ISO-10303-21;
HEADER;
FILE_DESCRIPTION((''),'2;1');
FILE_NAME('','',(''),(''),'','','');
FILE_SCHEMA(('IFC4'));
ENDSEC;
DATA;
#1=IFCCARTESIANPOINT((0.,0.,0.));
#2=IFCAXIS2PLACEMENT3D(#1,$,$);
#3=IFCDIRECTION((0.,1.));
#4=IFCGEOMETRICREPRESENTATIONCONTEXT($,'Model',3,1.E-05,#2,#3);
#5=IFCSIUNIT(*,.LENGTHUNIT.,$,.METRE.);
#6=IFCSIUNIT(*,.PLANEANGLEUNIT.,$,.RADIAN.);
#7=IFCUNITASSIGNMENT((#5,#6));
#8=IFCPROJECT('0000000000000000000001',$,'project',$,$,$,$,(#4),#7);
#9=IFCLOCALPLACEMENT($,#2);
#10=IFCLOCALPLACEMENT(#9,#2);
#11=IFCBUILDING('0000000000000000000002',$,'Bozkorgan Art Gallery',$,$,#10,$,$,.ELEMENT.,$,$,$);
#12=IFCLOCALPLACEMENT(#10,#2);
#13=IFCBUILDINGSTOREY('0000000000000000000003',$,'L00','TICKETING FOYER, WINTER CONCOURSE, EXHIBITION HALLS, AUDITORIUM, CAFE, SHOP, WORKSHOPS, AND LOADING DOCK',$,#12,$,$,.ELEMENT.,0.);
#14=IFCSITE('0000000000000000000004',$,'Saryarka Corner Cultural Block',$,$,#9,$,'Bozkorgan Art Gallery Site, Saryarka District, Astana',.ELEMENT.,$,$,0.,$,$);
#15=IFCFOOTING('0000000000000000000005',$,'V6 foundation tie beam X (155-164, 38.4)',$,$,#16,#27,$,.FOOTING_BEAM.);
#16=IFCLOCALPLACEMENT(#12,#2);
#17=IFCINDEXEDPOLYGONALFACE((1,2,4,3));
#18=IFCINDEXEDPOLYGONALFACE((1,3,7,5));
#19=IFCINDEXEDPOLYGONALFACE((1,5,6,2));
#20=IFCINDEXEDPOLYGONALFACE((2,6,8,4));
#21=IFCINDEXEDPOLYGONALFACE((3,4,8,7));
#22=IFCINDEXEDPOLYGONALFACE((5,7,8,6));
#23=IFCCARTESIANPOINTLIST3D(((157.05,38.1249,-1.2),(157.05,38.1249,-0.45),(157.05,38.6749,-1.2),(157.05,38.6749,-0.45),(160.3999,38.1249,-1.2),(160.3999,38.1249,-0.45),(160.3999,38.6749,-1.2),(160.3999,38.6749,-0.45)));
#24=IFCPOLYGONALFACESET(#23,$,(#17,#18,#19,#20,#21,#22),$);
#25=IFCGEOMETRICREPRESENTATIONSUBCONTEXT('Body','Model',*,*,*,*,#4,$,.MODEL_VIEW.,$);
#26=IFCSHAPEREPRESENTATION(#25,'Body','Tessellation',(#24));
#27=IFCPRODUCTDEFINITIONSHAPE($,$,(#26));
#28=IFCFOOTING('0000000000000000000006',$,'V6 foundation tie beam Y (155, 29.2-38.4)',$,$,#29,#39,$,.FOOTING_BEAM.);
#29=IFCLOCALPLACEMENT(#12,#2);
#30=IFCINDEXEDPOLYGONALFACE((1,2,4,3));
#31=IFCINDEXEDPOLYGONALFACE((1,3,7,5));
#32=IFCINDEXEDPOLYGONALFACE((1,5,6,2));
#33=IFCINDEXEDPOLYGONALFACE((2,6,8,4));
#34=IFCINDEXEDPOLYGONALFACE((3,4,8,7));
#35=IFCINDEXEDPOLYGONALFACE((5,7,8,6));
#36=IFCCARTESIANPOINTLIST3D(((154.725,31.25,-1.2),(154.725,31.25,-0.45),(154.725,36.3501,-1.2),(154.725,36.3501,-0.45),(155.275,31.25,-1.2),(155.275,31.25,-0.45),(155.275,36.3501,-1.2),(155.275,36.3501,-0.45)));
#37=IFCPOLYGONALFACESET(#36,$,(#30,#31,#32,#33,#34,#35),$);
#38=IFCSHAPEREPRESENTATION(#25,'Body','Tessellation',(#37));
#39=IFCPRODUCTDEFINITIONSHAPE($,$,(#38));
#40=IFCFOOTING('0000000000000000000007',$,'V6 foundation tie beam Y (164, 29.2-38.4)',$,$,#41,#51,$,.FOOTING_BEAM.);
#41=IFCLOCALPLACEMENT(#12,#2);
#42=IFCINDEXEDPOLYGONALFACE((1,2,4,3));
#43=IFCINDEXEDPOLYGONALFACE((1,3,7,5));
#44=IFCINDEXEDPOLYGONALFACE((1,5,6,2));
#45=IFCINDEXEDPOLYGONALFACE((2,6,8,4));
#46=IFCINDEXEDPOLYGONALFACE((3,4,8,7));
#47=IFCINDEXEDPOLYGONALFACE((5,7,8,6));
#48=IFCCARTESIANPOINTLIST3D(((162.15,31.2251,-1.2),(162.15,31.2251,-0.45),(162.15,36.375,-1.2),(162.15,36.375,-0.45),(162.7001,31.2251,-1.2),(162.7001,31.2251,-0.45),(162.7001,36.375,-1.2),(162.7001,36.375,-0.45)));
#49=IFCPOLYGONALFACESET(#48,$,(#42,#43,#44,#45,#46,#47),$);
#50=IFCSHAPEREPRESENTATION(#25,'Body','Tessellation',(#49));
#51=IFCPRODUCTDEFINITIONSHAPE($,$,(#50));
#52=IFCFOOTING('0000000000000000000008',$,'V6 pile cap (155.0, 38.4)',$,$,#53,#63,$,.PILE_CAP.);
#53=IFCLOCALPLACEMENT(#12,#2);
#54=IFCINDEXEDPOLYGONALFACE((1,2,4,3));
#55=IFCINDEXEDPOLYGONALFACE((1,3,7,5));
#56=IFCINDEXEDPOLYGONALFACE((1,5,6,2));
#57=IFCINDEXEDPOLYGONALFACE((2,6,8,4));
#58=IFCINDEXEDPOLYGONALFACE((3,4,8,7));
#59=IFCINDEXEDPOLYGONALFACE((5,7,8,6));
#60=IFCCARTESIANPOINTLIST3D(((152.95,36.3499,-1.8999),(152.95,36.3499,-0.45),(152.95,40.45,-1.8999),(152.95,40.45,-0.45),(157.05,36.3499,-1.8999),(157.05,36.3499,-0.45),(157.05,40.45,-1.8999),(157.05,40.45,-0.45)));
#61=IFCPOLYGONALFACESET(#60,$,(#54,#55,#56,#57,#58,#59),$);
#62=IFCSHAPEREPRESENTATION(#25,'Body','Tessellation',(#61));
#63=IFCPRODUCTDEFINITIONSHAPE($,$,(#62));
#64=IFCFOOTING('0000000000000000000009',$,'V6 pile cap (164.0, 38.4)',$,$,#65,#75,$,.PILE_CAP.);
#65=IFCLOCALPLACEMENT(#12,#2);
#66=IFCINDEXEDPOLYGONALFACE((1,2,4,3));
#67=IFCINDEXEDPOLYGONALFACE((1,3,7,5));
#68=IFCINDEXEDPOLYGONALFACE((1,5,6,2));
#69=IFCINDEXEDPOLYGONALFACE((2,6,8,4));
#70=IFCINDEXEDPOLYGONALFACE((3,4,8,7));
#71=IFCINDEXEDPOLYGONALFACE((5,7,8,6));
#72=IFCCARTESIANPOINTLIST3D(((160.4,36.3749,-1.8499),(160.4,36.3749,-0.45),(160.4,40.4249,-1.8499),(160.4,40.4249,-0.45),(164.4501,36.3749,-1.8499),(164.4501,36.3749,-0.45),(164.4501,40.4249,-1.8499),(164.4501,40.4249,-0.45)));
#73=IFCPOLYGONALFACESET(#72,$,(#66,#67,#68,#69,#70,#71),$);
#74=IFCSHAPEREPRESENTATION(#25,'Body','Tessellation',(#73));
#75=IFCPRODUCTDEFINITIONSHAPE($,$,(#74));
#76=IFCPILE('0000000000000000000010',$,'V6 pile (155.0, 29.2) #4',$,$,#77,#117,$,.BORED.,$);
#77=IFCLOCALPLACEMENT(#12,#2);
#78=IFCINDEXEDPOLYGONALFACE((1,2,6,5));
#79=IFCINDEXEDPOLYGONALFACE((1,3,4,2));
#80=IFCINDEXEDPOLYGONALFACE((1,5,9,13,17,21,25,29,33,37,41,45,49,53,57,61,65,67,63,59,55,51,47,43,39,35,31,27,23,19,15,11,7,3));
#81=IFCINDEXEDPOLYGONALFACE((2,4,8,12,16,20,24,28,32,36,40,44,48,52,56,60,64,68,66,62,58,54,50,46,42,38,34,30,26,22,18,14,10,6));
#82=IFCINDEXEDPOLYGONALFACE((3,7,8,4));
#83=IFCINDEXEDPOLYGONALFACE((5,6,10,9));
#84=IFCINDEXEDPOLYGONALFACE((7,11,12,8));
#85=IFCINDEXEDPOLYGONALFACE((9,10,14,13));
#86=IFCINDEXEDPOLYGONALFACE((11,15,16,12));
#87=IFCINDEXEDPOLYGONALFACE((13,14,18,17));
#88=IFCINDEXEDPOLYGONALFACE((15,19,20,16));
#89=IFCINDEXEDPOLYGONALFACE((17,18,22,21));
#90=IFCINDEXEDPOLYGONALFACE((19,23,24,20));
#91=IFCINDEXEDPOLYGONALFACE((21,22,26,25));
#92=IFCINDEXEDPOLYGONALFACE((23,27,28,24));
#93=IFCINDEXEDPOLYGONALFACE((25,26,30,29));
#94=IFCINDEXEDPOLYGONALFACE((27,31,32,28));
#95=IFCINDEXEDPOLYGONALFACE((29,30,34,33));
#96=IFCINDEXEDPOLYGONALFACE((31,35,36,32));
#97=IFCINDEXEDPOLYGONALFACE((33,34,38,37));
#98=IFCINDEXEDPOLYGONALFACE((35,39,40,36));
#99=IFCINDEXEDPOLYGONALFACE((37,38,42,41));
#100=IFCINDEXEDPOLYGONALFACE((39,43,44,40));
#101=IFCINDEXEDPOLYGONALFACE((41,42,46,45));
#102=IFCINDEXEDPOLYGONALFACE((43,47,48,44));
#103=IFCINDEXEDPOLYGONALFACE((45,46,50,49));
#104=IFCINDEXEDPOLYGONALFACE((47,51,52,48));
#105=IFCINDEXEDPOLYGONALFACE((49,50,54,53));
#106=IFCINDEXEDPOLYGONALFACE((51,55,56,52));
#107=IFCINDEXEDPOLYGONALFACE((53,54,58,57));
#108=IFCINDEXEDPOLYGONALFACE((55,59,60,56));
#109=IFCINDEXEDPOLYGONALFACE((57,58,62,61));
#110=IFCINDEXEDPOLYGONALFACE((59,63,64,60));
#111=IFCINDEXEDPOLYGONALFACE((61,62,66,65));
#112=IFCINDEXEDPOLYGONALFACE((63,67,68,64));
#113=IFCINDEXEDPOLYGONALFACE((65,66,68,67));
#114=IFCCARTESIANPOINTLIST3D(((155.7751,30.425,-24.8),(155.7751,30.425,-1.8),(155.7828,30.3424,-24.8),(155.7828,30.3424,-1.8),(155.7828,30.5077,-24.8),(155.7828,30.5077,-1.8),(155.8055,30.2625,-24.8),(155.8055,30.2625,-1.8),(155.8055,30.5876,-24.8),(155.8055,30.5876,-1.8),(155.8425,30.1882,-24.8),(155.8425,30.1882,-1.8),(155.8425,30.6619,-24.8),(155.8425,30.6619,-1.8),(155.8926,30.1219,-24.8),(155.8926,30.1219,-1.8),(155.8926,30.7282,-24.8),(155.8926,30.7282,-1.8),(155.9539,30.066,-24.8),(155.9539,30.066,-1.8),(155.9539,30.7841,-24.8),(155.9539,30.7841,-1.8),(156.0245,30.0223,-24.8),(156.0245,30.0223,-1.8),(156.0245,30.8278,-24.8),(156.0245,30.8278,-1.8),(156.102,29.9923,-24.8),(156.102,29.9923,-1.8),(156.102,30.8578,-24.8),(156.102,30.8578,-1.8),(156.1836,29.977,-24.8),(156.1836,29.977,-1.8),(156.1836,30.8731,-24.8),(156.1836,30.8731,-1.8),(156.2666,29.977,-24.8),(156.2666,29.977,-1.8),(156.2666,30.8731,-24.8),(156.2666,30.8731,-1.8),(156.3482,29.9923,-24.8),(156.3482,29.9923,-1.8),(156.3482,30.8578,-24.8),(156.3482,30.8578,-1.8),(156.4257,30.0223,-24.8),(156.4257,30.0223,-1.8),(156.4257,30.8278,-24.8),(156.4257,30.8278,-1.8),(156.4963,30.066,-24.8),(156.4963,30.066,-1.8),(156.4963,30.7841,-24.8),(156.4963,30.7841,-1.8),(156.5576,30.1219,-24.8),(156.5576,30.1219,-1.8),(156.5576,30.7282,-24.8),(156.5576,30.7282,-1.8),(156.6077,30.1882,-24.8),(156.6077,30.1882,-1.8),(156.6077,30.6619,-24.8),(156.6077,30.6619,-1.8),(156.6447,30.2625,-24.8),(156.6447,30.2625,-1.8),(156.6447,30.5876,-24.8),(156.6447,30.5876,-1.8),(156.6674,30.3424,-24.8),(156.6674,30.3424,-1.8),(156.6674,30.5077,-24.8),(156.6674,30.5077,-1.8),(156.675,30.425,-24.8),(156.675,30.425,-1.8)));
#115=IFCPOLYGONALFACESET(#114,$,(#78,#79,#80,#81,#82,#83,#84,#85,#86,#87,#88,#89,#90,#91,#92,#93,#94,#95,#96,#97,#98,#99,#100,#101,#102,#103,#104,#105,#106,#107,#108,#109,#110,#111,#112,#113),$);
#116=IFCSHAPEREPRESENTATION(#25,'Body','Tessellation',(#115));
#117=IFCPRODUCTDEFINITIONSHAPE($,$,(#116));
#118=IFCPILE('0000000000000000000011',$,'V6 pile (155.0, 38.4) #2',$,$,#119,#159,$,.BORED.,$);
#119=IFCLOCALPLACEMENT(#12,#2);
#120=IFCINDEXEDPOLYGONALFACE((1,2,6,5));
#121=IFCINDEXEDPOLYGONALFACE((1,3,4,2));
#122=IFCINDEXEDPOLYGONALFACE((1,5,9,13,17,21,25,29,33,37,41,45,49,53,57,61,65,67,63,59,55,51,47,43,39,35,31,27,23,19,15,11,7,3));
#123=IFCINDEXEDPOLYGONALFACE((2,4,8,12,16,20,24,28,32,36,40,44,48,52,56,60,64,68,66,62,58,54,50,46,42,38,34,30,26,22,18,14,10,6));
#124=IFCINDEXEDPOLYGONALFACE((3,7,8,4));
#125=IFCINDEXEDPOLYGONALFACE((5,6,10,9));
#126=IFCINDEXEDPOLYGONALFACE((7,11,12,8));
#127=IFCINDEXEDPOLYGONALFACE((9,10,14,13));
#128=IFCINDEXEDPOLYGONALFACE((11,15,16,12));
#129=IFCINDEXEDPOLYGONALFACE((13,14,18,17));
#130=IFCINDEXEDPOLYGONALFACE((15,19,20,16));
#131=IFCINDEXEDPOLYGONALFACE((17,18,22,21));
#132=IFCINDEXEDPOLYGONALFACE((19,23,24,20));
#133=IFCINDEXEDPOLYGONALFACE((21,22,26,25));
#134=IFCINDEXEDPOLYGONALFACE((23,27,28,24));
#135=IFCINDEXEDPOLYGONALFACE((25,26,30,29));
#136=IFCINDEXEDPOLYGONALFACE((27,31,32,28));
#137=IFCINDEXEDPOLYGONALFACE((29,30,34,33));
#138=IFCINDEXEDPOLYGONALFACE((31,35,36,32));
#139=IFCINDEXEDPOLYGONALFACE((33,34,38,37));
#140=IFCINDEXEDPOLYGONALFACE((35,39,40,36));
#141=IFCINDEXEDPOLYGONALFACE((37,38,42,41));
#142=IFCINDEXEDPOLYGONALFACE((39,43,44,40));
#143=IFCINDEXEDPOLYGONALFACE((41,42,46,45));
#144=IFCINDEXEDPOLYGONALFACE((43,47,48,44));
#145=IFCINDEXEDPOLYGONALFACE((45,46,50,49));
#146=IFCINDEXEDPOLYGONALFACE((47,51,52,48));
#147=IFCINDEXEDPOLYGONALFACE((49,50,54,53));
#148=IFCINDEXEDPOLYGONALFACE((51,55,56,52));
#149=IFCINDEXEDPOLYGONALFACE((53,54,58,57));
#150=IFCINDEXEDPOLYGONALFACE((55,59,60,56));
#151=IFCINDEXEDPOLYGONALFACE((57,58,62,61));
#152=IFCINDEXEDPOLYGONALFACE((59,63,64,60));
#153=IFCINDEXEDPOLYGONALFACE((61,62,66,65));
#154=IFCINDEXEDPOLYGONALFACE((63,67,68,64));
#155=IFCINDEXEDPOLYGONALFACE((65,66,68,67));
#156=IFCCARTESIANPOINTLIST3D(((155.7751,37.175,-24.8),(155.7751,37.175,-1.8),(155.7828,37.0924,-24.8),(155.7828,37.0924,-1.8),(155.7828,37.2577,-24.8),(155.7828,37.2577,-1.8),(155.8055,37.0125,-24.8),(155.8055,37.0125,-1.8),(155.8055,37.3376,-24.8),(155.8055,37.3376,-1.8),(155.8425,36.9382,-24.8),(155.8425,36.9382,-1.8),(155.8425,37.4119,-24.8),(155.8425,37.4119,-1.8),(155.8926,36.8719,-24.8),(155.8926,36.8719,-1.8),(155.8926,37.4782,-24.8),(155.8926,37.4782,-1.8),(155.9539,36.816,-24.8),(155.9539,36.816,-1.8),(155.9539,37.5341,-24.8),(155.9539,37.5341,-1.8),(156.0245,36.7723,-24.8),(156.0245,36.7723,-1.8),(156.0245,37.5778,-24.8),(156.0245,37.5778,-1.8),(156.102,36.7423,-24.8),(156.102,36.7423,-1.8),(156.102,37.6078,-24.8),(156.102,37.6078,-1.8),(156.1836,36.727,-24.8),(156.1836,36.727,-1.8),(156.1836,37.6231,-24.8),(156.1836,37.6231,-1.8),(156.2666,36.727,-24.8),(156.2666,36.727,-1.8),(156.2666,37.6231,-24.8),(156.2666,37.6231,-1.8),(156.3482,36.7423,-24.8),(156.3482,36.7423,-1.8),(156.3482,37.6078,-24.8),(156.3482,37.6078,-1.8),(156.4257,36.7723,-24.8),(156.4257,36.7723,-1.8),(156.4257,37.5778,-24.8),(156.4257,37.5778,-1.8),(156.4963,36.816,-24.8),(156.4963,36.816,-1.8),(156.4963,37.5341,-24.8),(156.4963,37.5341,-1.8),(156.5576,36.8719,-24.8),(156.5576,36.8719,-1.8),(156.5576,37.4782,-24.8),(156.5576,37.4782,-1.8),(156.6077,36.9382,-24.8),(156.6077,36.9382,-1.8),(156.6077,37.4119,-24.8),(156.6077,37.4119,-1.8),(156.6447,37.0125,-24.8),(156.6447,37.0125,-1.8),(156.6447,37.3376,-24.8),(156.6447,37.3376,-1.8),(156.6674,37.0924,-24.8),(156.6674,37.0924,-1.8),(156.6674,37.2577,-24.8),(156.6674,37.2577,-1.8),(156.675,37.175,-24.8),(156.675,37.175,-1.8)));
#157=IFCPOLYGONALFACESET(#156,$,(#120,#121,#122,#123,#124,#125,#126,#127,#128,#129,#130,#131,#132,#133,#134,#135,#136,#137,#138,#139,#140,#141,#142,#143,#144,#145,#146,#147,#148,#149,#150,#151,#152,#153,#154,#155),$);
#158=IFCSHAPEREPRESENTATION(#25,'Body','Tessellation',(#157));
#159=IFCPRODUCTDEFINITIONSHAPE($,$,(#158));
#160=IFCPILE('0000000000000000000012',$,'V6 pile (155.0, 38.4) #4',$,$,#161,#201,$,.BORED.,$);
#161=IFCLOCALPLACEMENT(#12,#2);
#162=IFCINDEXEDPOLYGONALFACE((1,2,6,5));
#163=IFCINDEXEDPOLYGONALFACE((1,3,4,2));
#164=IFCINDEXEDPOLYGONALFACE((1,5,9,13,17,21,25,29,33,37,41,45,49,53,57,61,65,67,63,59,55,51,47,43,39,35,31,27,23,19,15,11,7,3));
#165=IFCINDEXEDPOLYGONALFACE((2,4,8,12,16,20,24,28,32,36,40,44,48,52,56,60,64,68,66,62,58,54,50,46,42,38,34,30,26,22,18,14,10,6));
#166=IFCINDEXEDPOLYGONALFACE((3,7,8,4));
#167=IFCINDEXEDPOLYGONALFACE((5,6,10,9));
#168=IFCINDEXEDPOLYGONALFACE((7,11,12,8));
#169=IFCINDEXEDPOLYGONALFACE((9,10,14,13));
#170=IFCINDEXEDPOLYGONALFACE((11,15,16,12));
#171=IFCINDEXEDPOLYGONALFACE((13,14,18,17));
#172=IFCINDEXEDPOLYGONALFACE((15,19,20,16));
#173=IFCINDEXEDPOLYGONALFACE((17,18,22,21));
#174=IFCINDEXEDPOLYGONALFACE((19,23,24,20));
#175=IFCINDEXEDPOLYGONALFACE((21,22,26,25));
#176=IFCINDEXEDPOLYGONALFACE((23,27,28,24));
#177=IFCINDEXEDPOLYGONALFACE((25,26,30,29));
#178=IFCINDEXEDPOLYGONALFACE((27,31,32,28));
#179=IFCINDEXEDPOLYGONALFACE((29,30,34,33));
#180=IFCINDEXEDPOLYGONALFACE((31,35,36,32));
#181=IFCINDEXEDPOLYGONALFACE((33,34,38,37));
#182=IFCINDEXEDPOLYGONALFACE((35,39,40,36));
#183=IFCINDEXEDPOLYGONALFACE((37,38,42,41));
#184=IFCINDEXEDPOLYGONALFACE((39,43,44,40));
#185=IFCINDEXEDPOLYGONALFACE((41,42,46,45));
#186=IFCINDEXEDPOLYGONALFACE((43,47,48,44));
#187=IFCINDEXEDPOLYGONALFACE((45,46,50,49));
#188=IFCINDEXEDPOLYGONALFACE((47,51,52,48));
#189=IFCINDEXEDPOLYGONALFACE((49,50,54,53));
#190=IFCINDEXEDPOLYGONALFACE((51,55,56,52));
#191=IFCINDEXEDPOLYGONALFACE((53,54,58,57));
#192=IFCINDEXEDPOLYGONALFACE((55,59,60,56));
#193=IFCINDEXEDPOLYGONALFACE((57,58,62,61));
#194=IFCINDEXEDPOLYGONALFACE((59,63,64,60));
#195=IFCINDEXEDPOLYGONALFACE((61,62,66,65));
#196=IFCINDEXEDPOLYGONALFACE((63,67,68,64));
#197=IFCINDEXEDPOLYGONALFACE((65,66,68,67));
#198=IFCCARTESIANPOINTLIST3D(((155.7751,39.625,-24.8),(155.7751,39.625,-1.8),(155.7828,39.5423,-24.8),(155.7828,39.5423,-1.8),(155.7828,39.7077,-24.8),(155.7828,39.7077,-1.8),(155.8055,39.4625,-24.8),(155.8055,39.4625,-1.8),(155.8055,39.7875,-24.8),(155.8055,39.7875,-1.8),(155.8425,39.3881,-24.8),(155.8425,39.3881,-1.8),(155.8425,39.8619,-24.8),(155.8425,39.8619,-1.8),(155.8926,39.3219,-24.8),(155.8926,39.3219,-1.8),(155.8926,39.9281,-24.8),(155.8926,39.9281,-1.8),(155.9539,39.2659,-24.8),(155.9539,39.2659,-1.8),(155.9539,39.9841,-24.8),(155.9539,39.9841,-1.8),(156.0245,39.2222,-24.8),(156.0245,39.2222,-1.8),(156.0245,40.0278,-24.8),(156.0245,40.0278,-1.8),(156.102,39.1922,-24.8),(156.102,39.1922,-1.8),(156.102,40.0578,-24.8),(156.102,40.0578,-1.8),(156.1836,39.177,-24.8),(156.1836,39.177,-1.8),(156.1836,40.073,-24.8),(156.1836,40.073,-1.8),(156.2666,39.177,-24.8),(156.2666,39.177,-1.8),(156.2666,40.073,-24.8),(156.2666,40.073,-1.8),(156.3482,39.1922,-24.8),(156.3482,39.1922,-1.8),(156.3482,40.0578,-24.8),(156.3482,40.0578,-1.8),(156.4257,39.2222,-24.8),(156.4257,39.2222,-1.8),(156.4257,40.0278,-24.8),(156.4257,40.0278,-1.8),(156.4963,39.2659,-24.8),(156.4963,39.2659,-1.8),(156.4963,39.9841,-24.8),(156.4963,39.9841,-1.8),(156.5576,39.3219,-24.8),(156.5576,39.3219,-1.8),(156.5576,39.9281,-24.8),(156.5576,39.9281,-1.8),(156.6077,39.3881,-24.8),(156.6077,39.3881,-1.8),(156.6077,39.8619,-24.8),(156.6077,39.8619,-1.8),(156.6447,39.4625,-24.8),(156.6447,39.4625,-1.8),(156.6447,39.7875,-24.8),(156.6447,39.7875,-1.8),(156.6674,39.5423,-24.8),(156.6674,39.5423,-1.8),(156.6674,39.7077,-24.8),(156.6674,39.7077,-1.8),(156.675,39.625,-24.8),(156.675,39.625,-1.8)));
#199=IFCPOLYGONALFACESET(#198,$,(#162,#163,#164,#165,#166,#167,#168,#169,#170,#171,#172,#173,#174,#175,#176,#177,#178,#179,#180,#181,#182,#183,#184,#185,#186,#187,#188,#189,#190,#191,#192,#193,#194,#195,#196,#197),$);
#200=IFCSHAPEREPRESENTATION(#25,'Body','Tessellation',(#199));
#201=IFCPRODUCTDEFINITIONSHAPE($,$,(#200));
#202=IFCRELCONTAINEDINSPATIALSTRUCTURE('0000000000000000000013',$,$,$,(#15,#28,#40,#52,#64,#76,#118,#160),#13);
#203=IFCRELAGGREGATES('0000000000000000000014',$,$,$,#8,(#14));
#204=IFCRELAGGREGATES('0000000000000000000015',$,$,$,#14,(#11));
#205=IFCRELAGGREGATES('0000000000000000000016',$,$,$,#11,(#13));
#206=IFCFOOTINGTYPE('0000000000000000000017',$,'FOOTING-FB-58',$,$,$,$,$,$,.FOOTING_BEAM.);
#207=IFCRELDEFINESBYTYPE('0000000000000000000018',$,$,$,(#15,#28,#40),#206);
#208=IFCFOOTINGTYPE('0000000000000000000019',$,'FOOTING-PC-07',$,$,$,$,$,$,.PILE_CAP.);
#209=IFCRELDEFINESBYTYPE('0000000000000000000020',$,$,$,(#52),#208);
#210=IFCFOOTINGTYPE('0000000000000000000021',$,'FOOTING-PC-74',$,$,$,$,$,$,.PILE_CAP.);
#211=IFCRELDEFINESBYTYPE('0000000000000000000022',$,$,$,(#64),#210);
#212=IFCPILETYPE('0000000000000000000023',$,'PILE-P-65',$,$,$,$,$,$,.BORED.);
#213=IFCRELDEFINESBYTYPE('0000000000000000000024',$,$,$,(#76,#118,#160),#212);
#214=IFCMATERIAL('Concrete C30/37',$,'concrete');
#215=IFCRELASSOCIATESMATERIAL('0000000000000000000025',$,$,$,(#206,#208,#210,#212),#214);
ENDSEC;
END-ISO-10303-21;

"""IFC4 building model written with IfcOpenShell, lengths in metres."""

from ifc_helpers import new_model, si_unit, direction, frame, origin, origin_2d, place, context, subcontext, project, spatial, rectangle, circle, extrude, material, material_profile, profile_set, type_object, element, save


model = new_model("IFC4")

# Units and contexts
model_context = context("Model", 3, precision=1e-05, world=origin(), true_north=direction((0.0, 1.0)))
body_context = subcontext(model_context, "Body", "Model", "MODEL_VIEW")
ifc_project = project(units=[si_unit("LENGTHUNIT", "METRE"), si_unit("PLANEANGLEUNIT", "RADIAN")], contexts=[model_context])

# Site, building, storey
site_placement = place(None, origin())
site = spatial("IfcSite", under=ifc_project, at=site_placement, Name="Saryarka Corner Cultural Block", LongName="Bozkorgan Art Gallery Site, Saryarka District, Astana", CompositionType="ELEMENT", RefElevation=0.0)
building_placement = place(site_placement, origin())
building = spatial("IfcBuilding", under=site, at=building_placement, Name="Bozkorgan Art Gallery", CompositionType="ELEMENT")
storey_placement = place(building_placement, origin())
storey = spatial("IfcBuildingStorey", under=building, at=storey_placement, Name="L00", Description="TICKETING FOYER, WINTER CONCOURSE, EXHIBITION HALLS, AUDITORIUM, CAFE, SHOP, WORKSHOPS, AND LOADING DOCK", CompositionType="ELEMENT", Elevation=0.0)

# Footings
ifc_material_1 = material(Name="Concrete C30/37", Category="concrete")
ifc_material_profile_1 = material_profile(ifc_material_1, rectangle(XDim=0.55, YDim=0.75, at=origin_2d()), Name="FND 550x750")
ifc_profile_set_1 = profile_set([ifc_material_profile_1], Name="Concrete C30/37")
footing_type_1 = type_object("IfcFootingType", Name="FOOTING-FB-58", PredefinedType="FOOTING_BEAM", material=ifc_profile_set_1)
footing_1_placement = place(storey_placement, frame((157.05, 38.3999, -0.825), z_axis=(1.0, 0.0, 0.0), x_axis=(0.0, 1.0, 0.0)))
element("IfcFooting", 1, at=footing_1_placement, inside=storey, type_object=footing_type_1, Name="V6 foundation tie beam X (155-164, 38.4)", PredefinedType="FOOTING_BEAM", context=body_context, shape_type="SweptSolid", body=[
    extrude(rectangle(XDim=0.55, YDim=0.75, at=origin_2d()), origin(), (0.0, 0.0, 1.0), 3.3499),
])
footing_2_placement = place(storey_placement, frame((155.0, 31.25, -0.825), z_axis=(0.0, 1.0, 0.0), x_axis=(-1.0, 0.0, 0.0)))
element("IfcFooting", 2, at=footing_2_placement, inside=storey, type_object=footing_type_1, Name="V6 foundation tie beam Y (155, 29.2-38.4)", PredefinedType="FOOTING_BEAM", context=body_context, shape_type="SweptSolid", body=[
    extrude(rectangle(XDim=0.55, YDim=0.75, at=origin_2d()), origin(), (0.0, 0.0, 1.0), 5.1001),
])
footing_3_placement = place(storey_placement, frame((162.425, 31.2251, -0.825), z_axis=(0.0, 1.0, 0.0), x_axis=(-1.0, 0.0, 0.0)))
element("IfcFooting", 3, at=footing_3_placement, inside=storey, type_object=footing_type_1, Name="V6 foundation tie beam Y (164, 29.2-38.4)", PredefinedType="FOOTING_BEAM", context=body_context, shape_type="SweptSolid", body=[
    extrude(rectangle(XDim=0.55, YDim=0.75, at=origin_2d()), origin(), (0.0, 0.0, 1.0), 5.1499),
])
footing_type_2 = type_object("IfcFootingType", Name="FOOTING-PC-07", PredefinedType="PILE_CAP", material=ifc_material_1)
footing_4_placement = place(storey_placement, frame((155.0, 38.3999, -1.8999), z_axis=(0.0, 0.0, 1.0), x_axis=(1.0, 0.0, 0.0)))
element("IfcFooting", 4, at=footing_4_placement, inside=storey, type_object=footing_type_2, Name="V6 pile cap (155.0, 38.4)", PredefinedType="PILE_CAP", context=body_context, shape_type="SweptSolid", body=[
    extrude(rectangle(XDim=4.1001, YDim=4.1001, at=origin_2d()), origin(), (0.0, 0.0, 1.0), 1.45),
])
footing_type_3 = type_object("IfcFootingType", Name="FOOTING-PC-74", PredefinedType="PILE_CAP", material=ifc_material_1)
footing_5_placement = place(storey_placement, frame((162.425, 38.3999, -1.8499), z_axis=(0.0, 0.0, 1.0), x_axis=(1.0, 0.0, 0.0)))
element("IfcFooting", 5, at=footing_5_placement, inside=storey, type_object=footing_type_3, Name="V6 pile cap (164.0, 38.4)", PredefinedType="PILE_CAP", context=body_context, shape_type="SweptSolid", body=[
    extrude(rectangle(XDim=4.05, YDim=4.05, at=origin_2d()), origin(), (0.0, 0.0, 1.0), 1.3999),
])

# Piles
ifc_material_profile_2 = material_profile(ifc_material_1, circle(Radius=0.45, at=origin_2d()), Name="PILE D900")
ifc_profile_set_2 = profile_set([ifc_material_profile_2], Name="Concrete C30/37")
pile_type = type_object("IfcPileType", Name="PILE-P-65", PredefinedType="BORED", material=ifc_profile_set_2)
for number, where, z_axis, x_axis, name in (
    (6, (156.2251, 30.425, -1.8), (0.0, 0.0, -1.0), (1.0, 0.0, 0.0), "V6 pile (155.0, 29.2) #4"),
    (7, (156.2251, 37.175, -1.8), (0.0, 0.0, -1.0), (1.0, 0.0, 0.0), "V6 pile (155.0, 38.4) #2"),
    (8, (156.2251, 39.625, -1.8), (0.0, 0.0, -1.0), (1.0, 0.0, 0.0), "V6 pile (155.0, 38.4) #4"),
):
    element("IfcPile", number, at=place(storey_placement, frame(where, z_axis=z_axis, x_axis=x_axis)), inside=storey, type_object=pile_type, Name=name, PredefinedType="BORED", context=body_context, shape_type="SweptSolid", body=[
        extrude(circle(Radius=0.45, at=origin_2d()), origin(), (0.0, 0.0, 1.0), 23.0),
    ])

save(model, "model.ifc")
